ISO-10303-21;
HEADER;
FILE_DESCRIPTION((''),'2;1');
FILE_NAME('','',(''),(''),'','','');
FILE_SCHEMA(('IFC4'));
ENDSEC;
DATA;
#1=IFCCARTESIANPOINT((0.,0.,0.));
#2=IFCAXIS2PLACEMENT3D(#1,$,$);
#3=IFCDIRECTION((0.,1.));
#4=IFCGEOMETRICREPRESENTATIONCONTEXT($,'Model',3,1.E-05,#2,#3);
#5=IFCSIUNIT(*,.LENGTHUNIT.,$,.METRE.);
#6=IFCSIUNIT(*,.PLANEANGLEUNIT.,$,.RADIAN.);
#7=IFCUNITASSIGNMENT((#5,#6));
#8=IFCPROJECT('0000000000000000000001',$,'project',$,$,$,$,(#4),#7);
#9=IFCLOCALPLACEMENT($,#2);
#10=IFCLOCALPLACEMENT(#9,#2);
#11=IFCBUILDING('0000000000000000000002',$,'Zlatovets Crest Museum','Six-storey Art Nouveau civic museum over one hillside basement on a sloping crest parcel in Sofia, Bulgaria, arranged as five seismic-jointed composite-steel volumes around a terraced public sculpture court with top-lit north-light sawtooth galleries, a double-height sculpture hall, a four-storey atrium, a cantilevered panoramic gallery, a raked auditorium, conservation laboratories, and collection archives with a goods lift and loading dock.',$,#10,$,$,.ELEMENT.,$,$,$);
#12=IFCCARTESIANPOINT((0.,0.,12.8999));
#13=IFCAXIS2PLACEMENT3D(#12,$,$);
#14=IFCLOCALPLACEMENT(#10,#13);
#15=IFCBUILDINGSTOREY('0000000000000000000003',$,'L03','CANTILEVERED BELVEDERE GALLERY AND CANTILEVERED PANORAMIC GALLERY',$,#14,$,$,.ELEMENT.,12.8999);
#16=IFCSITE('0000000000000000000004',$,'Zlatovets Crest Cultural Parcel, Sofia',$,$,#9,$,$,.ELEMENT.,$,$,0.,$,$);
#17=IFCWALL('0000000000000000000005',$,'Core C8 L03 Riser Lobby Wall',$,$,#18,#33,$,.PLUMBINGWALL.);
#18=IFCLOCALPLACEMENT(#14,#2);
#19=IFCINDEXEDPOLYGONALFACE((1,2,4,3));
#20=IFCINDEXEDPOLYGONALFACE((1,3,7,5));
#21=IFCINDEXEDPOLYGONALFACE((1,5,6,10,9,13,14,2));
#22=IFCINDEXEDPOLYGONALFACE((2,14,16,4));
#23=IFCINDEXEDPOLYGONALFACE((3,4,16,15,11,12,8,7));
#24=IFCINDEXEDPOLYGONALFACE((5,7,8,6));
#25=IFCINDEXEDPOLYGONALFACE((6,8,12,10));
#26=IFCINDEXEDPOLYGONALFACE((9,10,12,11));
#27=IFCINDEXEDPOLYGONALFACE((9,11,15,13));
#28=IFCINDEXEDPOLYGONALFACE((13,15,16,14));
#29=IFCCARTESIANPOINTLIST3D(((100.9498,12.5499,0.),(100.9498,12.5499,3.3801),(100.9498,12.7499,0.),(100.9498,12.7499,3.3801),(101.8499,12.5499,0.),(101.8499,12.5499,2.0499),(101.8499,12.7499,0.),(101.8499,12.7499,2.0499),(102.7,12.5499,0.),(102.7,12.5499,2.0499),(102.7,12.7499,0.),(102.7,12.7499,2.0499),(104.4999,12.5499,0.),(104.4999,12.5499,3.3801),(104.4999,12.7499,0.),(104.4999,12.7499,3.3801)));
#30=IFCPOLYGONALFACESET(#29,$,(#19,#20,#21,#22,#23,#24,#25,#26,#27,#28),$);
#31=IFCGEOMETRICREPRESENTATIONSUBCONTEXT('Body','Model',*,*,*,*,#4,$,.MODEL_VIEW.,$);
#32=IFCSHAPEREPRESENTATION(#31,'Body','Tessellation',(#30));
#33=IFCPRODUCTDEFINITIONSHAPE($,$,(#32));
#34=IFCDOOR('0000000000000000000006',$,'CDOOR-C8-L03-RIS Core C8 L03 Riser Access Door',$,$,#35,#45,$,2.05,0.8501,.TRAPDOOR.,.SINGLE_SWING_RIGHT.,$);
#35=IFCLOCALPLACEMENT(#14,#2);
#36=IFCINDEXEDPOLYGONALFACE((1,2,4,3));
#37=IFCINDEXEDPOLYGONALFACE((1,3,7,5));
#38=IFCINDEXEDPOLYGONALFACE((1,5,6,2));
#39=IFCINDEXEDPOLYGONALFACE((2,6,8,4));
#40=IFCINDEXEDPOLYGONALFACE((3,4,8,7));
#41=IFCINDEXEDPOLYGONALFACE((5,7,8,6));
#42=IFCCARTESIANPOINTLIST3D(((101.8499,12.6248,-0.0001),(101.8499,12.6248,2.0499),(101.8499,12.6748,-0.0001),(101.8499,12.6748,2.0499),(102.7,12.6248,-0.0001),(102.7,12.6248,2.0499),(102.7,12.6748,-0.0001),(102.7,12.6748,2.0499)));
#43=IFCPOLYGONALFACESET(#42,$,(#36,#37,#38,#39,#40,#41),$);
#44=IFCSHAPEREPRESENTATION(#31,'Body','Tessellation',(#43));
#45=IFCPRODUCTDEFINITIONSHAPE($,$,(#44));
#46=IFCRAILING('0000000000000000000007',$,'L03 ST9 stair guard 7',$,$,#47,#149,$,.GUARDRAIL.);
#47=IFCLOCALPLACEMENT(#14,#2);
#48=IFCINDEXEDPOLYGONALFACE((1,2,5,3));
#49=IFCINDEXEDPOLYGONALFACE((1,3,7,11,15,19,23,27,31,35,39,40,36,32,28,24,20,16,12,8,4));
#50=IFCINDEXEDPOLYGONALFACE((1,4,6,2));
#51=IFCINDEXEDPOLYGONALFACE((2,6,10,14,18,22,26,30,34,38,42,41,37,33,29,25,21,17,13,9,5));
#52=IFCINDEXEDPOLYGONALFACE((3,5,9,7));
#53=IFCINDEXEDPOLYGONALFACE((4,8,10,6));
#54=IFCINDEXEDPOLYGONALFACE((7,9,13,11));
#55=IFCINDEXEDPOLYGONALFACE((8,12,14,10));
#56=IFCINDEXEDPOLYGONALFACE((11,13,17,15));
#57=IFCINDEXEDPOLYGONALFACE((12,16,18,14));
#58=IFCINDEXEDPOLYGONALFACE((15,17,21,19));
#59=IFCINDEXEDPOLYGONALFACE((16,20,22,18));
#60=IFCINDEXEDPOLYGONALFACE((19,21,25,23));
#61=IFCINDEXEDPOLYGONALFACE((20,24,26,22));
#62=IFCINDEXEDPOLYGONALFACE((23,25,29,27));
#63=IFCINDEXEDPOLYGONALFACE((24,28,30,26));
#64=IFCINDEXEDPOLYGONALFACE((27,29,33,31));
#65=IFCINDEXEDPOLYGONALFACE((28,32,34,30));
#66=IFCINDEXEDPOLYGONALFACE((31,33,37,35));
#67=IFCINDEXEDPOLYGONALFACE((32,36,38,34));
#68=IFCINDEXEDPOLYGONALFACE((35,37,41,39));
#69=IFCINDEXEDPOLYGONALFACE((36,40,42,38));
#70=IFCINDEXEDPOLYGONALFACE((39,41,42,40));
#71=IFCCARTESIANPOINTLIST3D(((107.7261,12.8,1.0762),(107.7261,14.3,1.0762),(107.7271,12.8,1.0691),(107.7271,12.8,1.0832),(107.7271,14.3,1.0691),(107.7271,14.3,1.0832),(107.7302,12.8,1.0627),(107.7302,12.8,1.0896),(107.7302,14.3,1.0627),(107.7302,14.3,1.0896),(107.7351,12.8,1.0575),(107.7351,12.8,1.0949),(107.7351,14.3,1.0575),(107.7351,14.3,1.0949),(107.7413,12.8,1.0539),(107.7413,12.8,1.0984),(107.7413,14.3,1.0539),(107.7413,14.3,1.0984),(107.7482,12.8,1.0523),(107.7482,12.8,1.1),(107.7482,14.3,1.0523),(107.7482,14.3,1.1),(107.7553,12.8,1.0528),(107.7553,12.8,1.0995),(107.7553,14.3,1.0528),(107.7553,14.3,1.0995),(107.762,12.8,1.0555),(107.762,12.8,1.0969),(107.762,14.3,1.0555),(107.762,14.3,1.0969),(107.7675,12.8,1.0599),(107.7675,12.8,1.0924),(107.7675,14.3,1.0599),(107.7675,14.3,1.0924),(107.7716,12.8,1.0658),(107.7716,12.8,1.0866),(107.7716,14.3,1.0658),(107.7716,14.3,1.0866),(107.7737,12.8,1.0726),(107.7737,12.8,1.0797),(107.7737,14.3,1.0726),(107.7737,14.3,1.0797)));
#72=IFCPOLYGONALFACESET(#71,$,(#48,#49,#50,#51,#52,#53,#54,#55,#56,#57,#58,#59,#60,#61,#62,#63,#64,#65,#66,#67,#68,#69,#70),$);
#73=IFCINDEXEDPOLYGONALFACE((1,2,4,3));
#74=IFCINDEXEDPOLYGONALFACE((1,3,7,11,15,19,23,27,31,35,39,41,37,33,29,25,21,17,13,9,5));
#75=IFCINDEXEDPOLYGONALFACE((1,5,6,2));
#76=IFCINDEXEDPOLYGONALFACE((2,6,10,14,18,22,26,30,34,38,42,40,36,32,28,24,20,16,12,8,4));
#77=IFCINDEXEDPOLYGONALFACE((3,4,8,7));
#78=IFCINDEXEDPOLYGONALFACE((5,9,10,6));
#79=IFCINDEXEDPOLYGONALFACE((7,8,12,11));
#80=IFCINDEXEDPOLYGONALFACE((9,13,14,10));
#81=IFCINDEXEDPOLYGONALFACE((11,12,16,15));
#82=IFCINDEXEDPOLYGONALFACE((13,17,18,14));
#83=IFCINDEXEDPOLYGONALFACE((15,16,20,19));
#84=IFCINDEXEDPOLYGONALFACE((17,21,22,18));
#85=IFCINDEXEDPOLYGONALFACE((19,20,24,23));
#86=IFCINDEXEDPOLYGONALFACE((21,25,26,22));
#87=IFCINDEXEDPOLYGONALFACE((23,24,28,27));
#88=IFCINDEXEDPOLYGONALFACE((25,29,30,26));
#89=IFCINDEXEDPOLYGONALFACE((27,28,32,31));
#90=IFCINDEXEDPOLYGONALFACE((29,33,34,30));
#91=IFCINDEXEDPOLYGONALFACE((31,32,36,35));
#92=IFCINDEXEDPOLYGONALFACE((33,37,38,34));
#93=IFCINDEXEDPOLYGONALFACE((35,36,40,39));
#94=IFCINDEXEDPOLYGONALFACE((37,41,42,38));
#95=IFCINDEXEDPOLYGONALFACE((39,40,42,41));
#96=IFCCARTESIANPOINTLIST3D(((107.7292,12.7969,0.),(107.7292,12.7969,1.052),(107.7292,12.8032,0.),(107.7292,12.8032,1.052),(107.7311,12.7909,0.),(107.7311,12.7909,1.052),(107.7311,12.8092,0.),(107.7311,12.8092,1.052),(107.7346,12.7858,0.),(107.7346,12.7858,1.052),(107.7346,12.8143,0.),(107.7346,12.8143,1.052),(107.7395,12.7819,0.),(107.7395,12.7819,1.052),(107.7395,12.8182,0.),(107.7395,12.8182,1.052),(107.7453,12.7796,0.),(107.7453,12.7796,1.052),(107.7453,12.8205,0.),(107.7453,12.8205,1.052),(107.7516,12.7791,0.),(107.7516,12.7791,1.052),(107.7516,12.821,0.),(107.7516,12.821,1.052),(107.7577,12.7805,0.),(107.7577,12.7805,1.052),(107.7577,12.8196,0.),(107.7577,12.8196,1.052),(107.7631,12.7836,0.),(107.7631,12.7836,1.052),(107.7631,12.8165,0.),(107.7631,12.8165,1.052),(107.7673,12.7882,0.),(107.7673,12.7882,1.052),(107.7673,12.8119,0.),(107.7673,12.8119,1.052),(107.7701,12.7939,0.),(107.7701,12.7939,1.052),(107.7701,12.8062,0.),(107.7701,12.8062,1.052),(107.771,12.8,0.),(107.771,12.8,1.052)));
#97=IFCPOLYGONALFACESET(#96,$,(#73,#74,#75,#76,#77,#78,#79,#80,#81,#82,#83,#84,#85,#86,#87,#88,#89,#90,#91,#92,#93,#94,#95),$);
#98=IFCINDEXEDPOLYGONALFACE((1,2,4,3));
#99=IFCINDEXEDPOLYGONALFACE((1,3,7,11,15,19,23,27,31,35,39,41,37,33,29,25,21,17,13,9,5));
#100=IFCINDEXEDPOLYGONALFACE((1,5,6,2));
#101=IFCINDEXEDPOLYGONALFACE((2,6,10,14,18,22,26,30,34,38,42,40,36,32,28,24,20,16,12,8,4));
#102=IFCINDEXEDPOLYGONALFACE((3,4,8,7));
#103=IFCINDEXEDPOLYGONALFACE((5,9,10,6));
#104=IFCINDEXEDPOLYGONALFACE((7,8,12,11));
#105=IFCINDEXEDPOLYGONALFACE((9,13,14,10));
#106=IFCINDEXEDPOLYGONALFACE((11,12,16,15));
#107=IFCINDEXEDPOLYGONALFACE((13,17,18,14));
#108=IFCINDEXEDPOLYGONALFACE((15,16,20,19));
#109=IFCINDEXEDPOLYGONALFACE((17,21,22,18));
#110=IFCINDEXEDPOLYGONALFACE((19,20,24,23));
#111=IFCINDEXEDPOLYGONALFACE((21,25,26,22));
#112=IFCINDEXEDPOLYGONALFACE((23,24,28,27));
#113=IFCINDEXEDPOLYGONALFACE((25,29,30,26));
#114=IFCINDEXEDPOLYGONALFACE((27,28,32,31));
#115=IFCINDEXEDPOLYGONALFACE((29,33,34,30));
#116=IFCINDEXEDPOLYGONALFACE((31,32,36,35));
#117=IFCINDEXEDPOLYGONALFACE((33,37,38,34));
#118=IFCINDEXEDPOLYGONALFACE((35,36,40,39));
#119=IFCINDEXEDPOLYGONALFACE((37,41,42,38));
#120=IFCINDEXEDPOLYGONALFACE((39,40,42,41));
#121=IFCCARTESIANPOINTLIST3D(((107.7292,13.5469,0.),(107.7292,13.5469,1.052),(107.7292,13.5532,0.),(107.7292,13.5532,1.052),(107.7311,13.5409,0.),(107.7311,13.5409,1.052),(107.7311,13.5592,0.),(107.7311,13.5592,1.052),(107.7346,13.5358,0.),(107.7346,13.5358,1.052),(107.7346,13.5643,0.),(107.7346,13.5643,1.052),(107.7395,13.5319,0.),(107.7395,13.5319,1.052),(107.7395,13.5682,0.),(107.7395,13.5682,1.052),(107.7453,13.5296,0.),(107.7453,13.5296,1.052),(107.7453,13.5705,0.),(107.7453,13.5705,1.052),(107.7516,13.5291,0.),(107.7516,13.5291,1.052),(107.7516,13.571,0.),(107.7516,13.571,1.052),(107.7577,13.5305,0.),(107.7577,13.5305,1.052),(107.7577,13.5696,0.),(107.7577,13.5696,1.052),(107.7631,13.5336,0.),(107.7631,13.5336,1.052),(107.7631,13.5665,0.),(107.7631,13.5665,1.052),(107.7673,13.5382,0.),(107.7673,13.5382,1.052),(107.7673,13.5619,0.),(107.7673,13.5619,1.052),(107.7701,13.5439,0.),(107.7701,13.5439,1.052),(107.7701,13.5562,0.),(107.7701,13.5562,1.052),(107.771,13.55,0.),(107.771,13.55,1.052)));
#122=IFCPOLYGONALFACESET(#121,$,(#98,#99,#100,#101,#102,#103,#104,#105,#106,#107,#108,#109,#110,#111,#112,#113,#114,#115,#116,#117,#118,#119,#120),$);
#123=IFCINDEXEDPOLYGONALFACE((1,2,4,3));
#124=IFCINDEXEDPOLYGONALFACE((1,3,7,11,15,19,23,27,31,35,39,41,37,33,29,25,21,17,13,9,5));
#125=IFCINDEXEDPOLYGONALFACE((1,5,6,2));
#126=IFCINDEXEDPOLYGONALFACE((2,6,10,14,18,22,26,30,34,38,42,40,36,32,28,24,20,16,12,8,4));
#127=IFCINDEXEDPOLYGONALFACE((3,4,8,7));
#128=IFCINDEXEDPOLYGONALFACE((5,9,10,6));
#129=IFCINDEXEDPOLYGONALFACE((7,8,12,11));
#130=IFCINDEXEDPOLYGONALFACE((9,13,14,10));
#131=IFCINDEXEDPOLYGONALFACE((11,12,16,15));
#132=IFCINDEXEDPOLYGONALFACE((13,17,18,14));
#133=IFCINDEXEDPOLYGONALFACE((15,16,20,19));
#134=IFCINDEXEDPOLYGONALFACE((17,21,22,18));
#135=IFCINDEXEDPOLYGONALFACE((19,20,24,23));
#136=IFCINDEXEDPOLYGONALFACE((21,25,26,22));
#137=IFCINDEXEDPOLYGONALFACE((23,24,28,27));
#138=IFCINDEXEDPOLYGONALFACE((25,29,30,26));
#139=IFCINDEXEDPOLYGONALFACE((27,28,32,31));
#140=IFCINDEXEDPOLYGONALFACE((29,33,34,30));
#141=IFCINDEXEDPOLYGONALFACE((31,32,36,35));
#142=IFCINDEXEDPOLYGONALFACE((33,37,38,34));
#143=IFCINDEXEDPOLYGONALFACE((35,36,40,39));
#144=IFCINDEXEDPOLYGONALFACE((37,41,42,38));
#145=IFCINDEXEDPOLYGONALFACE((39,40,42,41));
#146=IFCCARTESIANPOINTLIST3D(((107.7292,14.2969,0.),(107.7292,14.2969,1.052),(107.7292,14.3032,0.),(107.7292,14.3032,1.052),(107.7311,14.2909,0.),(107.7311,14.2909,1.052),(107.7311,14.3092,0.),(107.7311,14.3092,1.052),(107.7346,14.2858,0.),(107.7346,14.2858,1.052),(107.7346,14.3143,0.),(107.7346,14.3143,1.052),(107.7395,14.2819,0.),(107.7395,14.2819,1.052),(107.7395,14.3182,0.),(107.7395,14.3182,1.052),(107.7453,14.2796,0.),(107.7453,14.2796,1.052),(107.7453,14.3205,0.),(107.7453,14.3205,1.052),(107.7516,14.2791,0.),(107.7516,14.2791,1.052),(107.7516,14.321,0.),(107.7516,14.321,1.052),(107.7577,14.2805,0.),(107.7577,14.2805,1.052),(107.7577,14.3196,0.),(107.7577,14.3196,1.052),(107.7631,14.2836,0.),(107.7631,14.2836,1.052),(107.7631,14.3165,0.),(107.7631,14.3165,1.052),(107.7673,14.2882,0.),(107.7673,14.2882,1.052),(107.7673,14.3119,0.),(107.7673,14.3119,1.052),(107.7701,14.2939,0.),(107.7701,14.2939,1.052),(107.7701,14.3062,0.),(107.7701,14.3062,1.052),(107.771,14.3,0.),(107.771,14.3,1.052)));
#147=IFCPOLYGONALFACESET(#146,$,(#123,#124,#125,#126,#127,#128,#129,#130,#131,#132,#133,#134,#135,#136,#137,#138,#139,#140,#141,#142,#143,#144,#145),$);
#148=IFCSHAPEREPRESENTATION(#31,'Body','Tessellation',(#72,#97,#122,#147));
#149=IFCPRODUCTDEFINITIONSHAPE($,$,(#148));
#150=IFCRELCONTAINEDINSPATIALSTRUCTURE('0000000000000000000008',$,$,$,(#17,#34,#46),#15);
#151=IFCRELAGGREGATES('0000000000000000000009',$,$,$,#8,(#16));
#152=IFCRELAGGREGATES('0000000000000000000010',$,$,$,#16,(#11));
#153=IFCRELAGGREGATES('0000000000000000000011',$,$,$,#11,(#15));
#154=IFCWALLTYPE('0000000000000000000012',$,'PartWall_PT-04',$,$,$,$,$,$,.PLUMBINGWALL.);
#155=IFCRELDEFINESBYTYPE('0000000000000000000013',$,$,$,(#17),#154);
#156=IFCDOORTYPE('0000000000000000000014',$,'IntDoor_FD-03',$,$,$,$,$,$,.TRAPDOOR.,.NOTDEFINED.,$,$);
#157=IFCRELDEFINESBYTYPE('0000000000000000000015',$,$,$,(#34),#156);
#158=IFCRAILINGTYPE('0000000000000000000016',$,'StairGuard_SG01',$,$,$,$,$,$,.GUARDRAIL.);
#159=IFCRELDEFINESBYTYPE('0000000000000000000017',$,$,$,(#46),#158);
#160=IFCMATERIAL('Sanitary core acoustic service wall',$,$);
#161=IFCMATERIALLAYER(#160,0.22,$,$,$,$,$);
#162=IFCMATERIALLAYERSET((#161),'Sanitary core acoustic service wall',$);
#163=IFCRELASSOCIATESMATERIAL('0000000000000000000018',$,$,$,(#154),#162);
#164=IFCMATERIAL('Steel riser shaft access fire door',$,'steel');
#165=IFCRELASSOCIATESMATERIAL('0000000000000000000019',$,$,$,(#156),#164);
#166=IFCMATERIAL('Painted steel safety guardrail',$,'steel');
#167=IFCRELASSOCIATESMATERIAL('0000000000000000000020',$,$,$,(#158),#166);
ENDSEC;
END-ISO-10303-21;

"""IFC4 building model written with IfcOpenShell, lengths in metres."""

from ifc_helpers import new_model, si_unit, direction, frame, frame_2d, origin, origin_2d, place, context, subcontext, project, spatial, rectangle, circle, extrude, material, layer, layer_set, type_object, element, fill, save


model = new_model("IFC4")

# Units and contexts
model_context = context("Model", 3, precision=1e-05, world=origin(), true_north=direction((0.0, 1.0)))
body_context = subcontext(model_context, "Body", "Model", "MODEL_VIEW")
ifc_project = project(units=[si_unit("LENGTHUNIT", "METRE"), si_unit("PLANEANGLEUNIT", "RADIAN")], contexts=[model_context])

# Site, building, storey
site_placement = place(None, origin())
site = spatial("IfcSite", under=ifc_project, at=site_placement, Name="Zlatovets Crest Cultural Parcel, Sofia", CompositionType="ELEMENT", RefElevation=0.0)
building_placement = place(site_placement, origin())
building = spatial("IfcBuilding", under=site, at=building_placement, Name="Zlatovets Crest Museum", Description="Six-storey Art Nouveau civic museum over one hillside basement on a sloping crest parcel in Sofia, Bulgaria, arranged as five seismic-jointed composite-steel volumes around a terraced public sculpture court with top-lit north-light sawtooth galleries, a double-height sculpture hall, a four-storey atrium, a cantilevered panoramic gallery, a raked auditorium, conservation laboratories, and collection archives with a goods lift and loading dock.", CompositionType="ELEMENT")
storey_placement = place(building_placement, frame((0.0, 0.0, 12.8999)))
storey = spatial("IfcBuildingStorey", under=building, at=storey_placement, Name="L03", Description="CANTILEVERED BELVEDERE GALLERY AND CANTILEVERED PANORAMIC GALLERY", CompositionType="ELEMENT", Elevation=12.8999)

# Wall, opening, door
ifc_material_1 = material(Name="Sanitary core acoustic service wall")
ifc_layer_1 = layer(ifc_material_1, 0.22)
ifc_layer_set_1 = layer_set([ifc_layer_1], Name="Sanitary core acoustic service wall")
wall_type_1 = type_object("IfcWallType", Name="PartWall_PT-04", PredefinedType="PLUMBINGWALL", material=ifc_layer_set_1)
wall_1_placement = place(storey_placement, frame((100.95, 12.6499, 0.0), z_axis=(0.0, 0.0, 1.0), x_axis=(1.0, 0.0, 0.0)))
wall_1 = element("IfcWall", 1, at=wall_1_placement, inside=storey, type_object=wall_type_1, Name="Core C8 L03 Riser Lobby Wall", PredefinedType="PLUMBINGWALL", context=body_context, shape_type="SweptSolid", body=[
    extrude(rectangle(XDim=3.55, YDim=0.2, at=frame_2d((1.7749, 0.0))), origin(), (0.0, 0.0, 1.0), 3.3801),
])
opening_1_placement = place(wall_1_placement, frame((0.8999, 0.0, 0.0)))
opening_1 = element("IfcOpeningElement", 2, at=opening_1_placement, cuts=wall_1, PredefinedType="OPENING", context=body_context, shape_type="SweptSolid", body=[
    extrude(rectangle(XDim=0.8501, YDim=2.05, at=frame_2d((0.425, 1.0249))), frame((0.0, 0.1099, 0.0), z_axis=(0.0, -1.0, 0.0), x_axis=(1.0, 0.0, 0.0)), (0.0, 0.0, 1.0), 0.22),
])
ifc_material_2 = material(Name="Steel riser shaft access fire door", Category="steel")
door_type_1 = type_object("IfcDoorType", Name="IntDoor_FD-03", OperationType="NOTDEFINED", PredefinedType="TRAPDOOR", material=ifc_material_2)
door_1_placement = place(opening_1_placement, origin())
door_1 = element("IfcDoor", 3, at=door_1_placement, inside=storey, type_object=door_type_1, Name="CDOOR-C8-L03-RIS Core C8 L03 Riser Access Door", OperationType="SINGLE_SWING_RIGHT", OverallHeight=2.05, OverallWidth=0.8501, PredefinedType="TRAPDOOR", context=body_context, shape_type="SweptSolid", body=[
    extrude(rectangle(XDim=0.8501, YDim=2.05, at=frame_2d((0.425, 1.0249))), frame((0.0, 0.0249, 0.0), z_axis=(0.0, -1.0, 0.0), x_axis=(1.0, 0.0, 0.0)), (0.0, 0.0, 1.0), 0.05),
])
fill(opening_1, door_1)

# Railing
ifc_material_3 = material(Name="Painted steel safety guardrail", Category="steel")
railing_type = type_object("IfcRailingType", Name="StairGuard_SG01", PredefinedType="GUARDRAIL", material=ifc_material_3)
for number, where, name in (
    (4, (107.75, 12.8, 0.0), "L03 ST9 stair guard 7"),
):
    element("IfcRailing", number, at=place(storey_placement, frame(where)), inside=storey, type_object=railing_type, Name=name, PredefinedType="GUARDRAIL", context=body_context, shape_type="SweptSolid", body=[
        extrude(circle(Radius=0.0239, at=origin_2d()), frame((0.0, 0.0, 1.0762), z_axis=(0.0, 1.0, 0.0), x_axis=(-1.0, 0.0, 0.0)), (0.0, 0.0, 1.0), 1.5),
        extrude(circle(Radius=0.021, at=origin_2d()), origin(), (0.0, 0.0, 1.0), 1.052),
        extrude(circle(Radius=0.021, at=origin_2d()), frame((0.0, 0.75, 0.0)), (0.0, 0.0, 1.0), 1.052),
        extrude(circle(Radius=0.021, at=origin_2d()), frame((0.0, 1.5, 0.0)), (0.0, 0.0, 1.0), 1.052),
    ])

save(model, "model.ifc")
